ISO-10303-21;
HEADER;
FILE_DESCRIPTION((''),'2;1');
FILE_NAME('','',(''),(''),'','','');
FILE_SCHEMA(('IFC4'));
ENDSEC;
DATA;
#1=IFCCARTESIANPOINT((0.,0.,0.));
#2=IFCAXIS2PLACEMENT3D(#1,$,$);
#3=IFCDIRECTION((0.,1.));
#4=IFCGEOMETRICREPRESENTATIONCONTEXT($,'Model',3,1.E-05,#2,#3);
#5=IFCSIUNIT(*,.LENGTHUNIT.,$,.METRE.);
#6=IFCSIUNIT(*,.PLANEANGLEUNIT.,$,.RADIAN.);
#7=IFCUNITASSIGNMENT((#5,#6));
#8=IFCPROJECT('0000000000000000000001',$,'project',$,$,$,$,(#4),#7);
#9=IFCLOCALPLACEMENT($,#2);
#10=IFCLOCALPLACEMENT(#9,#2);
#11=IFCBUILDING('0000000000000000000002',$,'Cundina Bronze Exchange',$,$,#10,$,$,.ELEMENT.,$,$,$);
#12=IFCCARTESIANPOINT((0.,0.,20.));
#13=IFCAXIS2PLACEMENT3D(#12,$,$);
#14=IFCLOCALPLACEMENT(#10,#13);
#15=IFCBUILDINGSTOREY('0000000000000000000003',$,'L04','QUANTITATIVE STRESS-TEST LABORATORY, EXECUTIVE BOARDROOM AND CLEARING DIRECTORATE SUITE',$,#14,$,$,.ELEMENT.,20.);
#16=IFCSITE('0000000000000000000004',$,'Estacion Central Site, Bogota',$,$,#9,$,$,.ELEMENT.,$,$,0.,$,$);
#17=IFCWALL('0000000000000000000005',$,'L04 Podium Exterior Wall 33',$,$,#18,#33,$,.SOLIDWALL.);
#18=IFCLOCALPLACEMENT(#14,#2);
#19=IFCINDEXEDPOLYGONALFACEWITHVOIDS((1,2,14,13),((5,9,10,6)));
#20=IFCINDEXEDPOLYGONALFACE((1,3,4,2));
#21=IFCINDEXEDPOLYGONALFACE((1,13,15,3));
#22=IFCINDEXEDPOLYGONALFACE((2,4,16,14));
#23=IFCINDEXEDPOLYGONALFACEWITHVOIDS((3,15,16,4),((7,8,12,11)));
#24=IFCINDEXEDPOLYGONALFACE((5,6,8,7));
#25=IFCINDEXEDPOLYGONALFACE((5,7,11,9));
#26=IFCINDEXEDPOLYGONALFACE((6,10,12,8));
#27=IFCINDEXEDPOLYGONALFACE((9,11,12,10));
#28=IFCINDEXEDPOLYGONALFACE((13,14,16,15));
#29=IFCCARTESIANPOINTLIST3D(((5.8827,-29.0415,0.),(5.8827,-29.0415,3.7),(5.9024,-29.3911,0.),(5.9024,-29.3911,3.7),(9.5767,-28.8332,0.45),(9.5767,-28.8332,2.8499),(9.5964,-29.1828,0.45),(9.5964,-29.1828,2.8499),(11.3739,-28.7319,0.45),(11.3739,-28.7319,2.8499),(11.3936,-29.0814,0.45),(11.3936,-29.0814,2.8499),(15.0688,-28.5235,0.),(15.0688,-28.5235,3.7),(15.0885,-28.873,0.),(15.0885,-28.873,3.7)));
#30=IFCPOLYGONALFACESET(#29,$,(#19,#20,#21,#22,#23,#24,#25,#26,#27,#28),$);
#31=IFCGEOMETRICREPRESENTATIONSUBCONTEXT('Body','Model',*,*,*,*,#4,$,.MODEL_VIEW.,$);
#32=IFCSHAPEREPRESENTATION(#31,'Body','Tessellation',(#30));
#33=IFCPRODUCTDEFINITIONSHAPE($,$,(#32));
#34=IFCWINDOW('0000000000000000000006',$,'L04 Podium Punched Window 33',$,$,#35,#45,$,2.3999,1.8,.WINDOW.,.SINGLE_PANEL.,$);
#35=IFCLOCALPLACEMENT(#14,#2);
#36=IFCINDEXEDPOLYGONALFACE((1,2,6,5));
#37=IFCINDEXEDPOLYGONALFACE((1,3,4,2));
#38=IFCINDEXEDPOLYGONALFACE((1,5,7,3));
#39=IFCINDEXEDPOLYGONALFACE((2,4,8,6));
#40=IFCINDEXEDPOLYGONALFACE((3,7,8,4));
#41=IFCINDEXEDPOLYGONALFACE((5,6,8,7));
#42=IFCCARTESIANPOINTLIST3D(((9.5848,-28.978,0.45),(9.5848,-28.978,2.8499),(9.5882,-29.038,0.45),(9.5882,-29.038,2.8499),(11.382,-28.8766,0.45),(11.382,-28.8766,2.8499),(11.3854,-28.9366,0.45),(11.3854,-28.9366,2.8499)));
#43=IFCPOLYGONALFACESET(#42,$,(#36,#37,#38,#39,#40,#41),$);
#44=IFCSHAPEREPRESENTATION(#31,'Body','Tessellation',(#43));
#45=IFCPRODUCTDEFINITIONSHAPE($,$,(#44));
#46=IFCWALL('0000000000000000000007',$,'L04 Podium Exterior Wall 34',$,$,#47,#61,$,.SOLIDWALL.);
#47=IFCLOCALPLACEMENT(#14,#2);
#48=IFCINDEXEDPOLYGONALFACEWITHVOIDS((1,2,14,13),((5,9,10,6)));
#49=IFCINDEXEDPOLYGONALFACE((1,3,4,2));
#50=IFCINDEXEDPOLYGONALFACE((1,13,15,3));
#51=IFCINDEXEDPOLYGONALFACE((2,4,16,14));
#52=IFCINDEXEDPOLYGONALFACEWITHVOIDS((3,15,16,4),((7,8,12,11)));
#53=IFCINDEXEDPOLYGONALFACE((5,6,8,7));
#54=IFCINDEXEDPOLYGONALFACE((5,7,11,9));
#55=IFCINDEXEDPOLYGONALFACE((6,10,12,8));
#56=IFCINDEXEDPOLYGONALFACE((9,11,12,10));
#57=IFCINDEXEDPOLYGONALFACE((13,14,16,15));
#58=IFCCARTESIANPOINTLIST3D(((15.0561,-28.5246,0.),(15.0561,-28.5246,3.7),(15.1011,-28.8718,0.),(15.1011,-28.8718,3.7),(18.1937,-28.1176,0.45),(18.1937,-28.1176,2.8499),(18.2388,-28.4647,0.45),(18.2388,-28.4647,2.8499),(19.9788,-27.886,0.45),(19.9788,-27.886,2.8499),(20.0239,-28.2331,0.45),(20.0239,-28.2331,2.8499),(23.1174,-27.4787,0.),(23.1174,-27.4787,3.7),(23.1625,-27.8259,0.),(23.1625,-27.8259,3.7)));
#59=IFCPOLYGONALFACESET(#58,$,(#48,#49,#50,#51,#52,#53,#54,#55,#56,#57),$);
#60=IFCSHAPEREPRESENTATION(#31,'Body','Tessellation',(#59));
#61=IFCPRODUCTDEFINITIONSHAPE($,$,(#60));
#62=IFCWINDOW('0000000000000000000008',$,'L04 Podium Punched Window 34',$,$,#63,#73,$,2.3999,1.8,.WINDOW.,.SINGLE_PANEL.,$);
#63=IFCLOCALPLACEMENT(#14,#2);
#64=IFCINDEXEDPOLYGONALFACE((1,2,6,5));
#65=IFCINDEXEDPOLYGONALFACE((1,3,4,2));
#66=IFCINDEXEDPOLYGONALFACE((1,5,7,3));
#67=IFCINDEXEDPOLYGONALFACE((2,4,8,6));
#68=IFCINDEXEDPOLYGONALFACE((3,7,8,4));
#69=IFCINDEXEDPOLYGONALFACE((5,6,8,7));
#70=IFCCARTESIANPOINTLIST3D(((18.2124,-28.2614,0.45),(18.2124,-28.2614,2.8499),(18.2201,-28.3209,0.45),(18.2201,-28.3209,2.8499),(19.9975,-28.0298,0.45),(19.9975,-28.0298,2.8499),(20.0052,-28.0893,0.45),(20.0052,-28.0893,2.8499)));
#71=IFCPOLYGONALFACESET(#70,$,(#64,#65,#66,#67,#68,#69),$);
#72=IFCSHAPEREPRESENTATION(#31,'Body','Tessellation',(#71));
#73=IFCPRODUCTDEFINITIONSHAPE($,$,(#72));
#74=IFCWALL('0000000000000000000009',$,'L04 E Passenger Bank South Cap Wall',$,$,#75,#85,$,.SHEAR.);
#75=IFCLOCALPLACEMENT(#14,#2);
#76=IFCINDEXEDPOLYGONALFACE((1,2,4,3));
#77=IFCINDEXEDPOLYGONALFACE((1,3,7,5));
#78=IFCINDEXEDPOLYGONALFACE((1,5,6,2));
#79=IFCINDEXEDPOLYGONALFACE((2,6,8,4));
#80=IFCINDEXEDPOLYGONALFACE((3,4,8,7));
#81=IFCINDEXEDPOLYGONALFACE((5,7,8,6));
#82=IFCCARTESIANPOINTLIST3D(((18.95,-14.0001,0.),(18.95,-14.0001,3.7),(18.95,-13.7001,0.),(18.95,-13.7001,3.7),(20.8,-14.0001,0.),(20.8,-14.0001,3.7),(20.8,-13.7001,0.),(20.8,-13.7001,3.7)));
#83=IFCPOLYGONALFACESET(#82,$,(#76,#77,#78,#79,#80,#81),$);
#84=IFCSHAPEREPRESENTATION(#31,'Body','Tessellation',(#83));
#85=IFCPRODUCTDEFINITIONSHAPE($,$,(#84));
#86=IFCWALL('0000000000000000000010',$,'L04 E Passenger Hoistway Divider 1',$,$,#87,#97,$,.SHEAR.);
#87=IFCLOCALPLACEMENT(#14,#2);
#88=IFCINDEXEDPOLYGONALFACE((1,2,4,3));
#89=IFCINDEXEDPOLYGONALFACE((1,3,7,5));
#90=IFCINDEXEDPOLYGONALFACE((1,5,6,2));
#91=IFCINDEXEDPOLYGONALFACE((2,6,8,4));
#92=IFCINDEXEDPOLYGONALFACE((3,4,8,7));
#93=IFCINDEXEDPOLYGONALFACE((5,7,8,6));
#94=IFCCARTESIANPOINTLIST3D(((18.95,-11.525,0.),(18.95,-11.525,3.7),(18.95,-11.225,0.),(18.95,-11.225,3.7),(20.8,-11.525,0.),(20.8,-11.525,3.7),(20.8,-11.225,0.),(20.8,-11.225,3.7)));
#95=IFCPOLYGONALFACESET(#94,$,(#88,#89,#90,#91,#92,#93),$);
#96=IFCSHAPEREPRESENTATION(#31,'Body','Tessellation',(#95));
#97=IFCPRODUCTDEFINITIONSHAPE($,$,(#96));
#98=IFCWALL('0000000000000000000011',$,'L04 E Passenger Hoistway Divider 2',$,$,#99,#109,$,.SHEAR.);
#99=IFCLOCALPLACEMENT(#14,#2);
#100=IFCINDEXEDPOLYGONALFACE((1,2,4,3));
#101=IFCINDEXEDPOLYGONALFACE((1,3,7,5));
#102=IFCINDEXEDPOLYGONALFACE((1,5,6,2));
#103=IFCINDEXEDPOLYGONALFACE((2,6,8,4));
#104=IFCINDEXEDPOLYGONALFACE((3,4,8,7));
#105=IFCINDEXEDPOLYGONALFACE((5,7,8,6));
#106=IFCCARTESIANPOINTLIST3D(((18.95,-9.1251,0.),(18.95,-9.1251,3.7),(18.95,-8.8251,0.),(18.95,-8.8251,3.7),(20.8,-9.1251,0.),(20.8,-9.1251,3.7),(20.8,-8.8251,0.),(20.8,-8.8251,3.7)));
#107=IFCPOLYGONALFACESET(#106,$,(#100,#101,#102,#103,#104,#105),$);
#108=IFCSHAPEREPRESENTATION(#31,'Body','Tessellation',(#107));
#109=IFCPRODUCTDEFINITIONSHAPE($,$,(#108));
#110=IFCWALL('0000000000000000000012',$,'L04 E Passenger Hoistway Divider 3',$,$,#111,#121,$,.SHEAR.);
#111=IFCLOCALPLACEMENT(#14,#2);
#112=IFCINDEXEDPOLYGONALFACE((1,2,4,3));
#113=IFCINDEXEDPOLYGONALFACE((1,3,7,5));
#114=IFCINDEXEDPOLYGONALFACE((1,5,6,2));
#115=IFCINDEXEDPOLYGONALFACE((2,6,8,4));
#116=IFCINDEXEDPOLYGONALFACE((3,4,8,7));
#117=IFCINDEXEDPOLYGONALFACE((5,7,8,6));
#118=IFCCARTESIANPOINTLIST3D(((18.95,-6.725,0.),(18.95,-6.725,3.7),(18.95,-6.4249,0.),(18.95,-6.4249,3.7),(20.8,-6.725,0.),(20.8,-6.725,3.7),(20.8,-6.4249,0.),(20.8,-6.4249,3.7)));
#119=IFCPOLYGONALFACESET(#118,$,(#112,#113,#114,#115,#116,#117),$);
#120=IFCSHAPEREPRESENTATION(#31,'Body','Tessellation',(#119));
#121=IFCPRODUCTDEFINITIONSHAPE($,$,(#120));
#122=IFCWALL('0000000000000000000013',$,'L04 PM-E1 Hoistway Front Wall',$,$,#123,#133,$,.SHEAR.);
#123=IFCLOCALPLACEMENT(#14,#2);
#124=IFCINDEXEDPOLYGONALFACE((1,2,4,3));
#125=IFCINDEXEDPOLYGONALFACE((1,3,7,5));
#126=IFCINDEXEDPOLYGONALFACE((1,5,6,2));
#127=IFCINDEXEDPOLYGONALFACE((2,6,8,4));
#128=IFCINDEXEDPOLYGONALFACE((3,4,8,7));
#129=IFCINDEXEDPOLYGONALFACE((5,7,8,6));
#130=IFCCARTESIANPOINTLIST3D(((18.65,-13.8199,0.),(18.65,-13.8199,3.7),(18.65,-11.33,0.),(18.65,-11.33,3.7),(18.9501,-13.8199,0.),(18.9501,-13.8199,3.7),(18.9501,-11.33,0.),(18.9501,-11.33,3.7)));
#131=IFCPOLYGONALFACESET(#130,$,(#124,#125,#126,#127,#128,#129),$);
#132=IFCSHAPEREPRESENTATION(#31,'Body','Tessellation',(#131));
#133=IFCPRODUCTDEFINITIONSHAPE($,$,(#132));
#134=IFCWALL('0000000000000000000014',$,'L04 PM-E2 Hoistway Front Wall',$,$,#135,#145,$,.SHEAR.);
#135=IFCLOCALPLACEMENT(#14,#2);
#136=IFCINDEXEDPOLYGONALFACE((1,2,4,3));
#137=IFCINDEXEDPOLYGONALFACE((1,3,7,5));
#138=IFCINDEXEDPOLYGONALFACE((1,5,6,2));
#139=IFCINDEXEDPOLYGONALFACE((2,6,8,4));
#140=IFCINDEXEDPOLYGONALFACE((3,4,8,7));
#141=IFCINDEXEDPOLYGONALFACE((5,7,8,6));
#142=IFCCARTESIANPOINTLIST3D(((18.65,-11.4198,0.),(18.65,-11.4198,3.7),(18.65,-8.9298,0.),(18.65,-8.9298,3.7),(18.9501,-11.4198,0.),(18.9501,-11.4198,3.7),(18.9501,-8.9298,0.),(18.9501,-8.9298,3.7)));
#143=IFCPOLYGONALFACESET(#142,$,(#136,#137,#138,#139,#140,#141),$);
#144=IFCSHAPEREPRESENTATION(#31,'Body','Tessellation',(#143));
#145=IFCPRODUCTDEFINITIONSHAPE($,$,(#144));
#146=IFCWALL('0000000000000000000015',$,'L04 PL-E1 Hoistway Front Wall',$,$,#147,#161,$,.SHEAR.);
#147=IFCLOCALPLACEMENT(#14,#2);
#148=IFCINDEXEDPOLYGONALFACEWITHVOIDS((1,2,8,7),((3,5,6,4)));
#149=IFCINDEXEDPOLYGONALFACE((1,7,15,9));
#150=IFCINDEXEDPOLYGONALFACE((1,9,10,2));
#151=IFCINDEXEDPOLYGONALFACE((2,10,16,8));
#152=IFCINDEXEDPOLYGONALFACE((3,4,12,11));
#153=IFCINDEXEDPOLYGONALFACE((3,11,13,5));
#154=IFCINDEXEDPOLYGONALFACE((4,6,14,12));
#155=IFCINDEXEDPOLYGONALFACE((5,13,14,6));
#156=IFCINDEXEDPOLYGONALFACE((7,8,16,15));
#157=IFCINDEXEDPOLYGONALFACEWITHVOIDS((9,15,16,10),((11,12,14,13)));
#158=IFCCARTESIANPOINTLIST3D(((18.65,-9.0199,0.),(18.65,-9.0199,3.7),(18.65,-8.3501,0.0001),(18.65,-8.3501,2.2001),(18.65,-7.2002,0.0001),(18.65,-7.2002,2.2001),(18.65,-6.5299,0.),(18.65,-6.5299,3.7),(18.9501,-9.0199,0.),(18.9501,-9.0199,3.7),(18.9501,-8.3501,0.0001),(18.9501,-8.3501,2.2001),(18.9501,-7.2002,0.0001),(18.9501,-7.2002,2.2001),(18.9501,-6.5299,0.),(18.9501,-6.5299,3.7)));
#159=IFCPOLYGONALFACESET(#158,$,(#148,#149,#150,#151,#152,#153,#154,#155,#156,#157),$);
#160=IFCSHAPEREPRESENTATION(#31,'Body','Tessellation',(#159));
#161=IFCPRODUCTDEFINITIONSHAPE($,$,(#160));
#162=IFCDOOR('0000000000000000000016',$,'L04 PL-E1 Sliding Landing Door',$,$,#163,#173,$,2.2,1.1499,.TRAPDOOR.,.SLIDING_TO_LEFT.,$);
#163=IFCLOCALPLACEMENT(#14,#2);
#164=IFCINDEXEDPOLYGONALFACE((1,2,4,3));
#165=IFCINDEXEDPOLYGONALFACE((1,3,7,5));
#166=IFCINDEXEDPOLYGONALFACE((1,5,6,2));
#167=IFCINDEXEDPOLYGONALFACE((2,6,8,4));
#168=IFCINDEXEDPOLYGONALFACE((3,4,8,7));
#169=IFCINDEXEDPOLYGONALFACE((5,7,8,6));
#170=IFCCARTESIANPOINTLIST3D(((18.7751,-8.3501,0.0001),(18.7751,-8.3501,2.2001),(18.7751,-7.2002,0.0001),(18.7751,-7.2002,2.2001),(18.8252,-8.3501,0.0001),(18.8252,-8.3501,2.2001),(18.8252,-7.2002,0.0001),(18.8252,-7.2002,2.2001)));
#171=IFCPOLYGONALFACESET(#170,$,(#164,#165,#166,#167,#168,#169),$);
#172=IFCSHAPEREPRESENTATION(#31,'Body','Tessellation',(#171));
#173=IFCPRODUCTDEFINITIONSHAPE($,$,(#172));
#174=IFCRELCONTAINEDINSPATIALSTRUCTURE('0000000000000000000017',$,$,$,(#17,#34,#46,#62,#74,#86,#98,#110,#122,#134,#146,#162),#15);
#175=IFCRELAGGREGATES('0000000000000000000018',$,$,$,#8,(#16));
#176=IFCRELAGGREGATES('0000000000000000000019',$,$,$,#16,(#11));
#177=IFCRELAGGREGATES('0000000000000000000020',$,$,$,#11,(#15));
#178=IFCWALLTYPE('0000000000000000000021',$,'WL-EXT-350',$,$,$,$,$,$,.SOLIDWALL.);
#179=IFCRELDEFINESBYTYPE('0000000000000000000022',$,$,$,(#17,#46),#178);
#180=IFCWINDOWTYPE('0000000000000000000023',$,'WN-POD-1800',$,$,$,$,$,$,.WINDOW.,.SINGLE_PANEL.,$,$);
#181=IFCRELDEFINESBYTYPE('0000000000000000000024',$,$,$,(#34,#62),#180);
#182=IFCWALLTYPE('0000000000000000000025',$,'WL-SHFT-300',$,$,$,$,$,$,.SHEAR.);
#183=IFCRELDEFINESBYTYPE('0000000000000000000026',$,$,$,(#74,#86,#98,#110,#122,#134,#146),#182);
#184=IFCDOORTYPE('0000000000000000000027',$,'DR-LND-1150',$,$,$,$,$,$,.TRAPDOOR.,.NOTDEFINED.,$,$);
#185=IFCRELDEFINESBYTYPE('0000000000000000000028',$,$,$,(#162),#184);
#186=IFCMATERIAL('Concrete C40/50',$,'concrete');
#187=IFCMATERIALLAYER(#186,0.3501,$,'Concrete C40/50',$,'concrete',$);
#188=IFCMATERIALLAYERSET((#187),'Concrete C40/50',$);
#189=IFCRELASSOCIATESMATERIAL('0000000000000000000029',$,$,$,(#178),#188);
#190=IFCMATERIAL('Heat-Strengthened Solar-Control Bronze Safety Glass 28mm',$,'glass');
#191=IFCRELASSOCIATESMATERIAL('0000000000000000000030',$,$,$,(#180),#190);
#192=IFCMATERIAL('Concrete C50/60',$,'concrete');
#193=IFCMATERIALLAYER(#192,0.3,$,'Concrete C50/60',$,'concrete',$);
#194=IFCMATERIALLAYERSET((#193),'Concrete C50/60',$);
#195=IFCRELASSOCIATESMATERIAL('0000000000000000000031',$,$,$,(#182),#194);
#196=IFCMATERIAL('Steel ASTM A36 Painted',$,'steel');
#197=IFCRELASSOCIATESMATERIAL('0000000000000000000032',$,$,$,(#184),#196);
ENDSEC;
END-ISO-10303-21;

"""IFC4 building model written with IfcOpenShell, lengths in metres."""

from ifc_helpers import new_model, si_unit, direction, frame, frame_2d, origin, place, context, subcontext, project, spatial, rectangle, extrude, material, layer, layer_set, type_object, element, fill, save


model = new_model("IFC4")

# Units and contexts
model_context = context("Model", 3, precision=1e-05, world=origin(), true_north=direction((0.0, 1.0)))
body_context = subcontext(model_context, "Body", "Model", "MODEL_VIEW")
ifc_project = project(units=[si_unit("LENGTHUNIT", "METRE"), si_unit("PLANEANGLEUNIT", "RADIAN")], contexts=[model_context])

# Site, building, storey
site_placement = place(None, origin())
site = spatial("IfcSite", under=ifc_project, at=site_placement, Name="Estacion Central Site, Bogota", CompositionType="ELEMENT", RefElevation=0.0)
building_placement = place(site_placement, origin())
building = spatial("IfcBuilding", under=site, at=building_placement, Name="Cundina Bronze Exchange", CompositionType="ELEMENT")
storey_placement = place(building_placement, frame((0.0, 0.0, 20.0)))
storey = spatial("IfcBuildingStorey", under=building, at=storey_placement, Name="L04", Description="QUANTITATIVE STRESS-TEST LABORATORY, EXECUTIVE BOARDROOM AND CLEARING DIRECTORATE SUITE", CompositionType="ELEMENT", Elevation=20.0)

# Shared definitions
ifc_material_1 = material(Name="Concrete C50/60", Category="concrete")

# Walls, openings, windows
ifc_material_2 = material(Name="Concrete C40/50", Category="concrete")
ifc_layer_1 = layer(ifc_material_2, 0.3501, Name="Concrete C40/50", Category="concrete")
ifc_layer_set_1 = layer_set([ifc_layer_1], Name="Concrete C40/50")
wall_type_1 = type_object("IfcWallType", Name="WL-EXT-350", PredefinedType="SOLIDWALL", material=ifc_layer_set_1)
wall_1_placement = place(storey_placement, frame((5.8926, -29.2163, 0.0), z_axis=(0.0, 0.0, 1.0), x_axis=(0.998413, 0.056308, 0.0)))
wall_1 = element("IfcWall", 1, at=wall_1_placement, inside=storey, type_object=wall_type_1, Name="L04 Podium Exterior Wall 33", PredefinedType="SOLIDWALL", context=body_context, shape_type="SweptSolid", body=[
    extrude(rectangle(XDim=9.2007, YDim=0.3501, at=frame_2d((4.6003, 0.0))), origin(), (0.0, 0.0, 1.0), 3.7),
])
opening_1_placement = place(wall_1_placement, frame((3.7, 0.0, 0.45)))
opening_1 = element("IfcOpeningElement", 2, at=opening_1_placement, cuts=wall_1, PredefinedType="OPENING", context=body_context, shape_type="SweptSolid", body=[
    extrude(rectangle(XDim=1.8, YDim=2.3999, at=frame_2d((0.8999, 1.2))), frame((0.0, 0.1851, 0.0), z_axis=(0.0, -1.0, 0.0), x_axis=(1.0, 0.0, 0.0)), (0.0, 0.0, 1.0), 0.3701),
])
ifc_material_3 = material(Name="Heat-Strengthened Solar-Control Bronze Safety Glass 28mm", Category="glass")
window_type_1 = type_object("IfcWindowType", Name="WN-POD-1800", PartitioningType="SINGLE_PANEL", PredefinedType="WINDOW", material=ifc_material_3)
window_1_placement = place(opening_1_placement, origin())
window_1 = element("IfcWindow", 3, at=window_1_placement, inside=storey, type_object=window_type_1, Name="L04 Podium Punched Window 33", OverallHeight=2.3999, OverallWidth=1.8, PartitioningType="SINGLE_PANEL", PredefinedType="WINDOW", context=body_context, shape_type="SweptSolid", body=[
    extrude(rectangle(XDim=1.8, YDim=2.3999, at=frame_2d((0.8999, 1.2))), frame((0.0, 0.03, 0.0), z_axis=(0.0, -1.0, 0.0), x_axis=(1.0, 0.0, 0.0)), (0.0, 0.0, 1.0), 0.0601),
])
fill(opening_1, window_1)
wall_2_placement = place(storey_placement, frame((15.0786, -28.6982, 0.0), z_axis=(0.0, 0.0, 1.0), x_axis=(0.991688, 0.128665, 0.0)))
wall_2 = element("IfcWall", 4, at=wall_2_placement, inside=storey, type_object=wall_type_1, Name="L04 Podium Exterior Wall 34", PredefinedType="SOLIDWALL", context=body_context, shape_type="SweptSolid", body=[
    extrude(rectangle(XDim=8.1289, YDim=0.3501, at=frame_2d((4.0645, 0.0))), origin(), (0.0, 0.0, 1.0), 3.7),
])
opening_2_placement = place(wall_2_placement, frame((3.1641, 0.0, 0.45)))
opening_2 = element("IfcOpeningElement", 5, at=opening_2_placement, cuts=wall_2, PredefinedType="OPENING", context=body_context, shape_type="SweptSolid", body=[
    extrude(rectangle(XDim=1.8, YDim=2.3999, at=frame_2d((0.8999, 1.2))), frame((0.0, 0.1851, 0.0), z_axis=(0.0, -1.0, 0.0), x_axis=(1.0, 0.0, 0.0)), (0.0, 0.0, 1.0), 0.3701),
])
window_2_placement = place(opening_2_placement, origin())
window_2 = element("IfcWindow", 6, at=window_2_placement, inside=storey, type_object=window_type_1, Name="L04 Podium Punched Window 34", OverallHeight=2.3999, OverallWidth=1.8, PartitioningType="SINGLE_PANEL", PredefinedType="WINDOW", context=body_context, shape_type="SweptSolid", body=[
    extrude(rectangle(XDim=1.8, YDim=2.3999, at=frame_2d((0.8999, 1.2))), frame((0.0, 0.03, 0.0), z_axis=(0.0, -1.0, 0.0), x_axis=(1.0, 0.0, 0.0)), (0.0, 0.0, 1.0), 0.0601),
])
fill(opening_2, window_2)

# Walls
ifc_layer_2 = layer(ifc_material_1, 0.3, Name="Concrete C50/60", Category="concrete")
ifc_layer_set_2 = layer_set([ifc_layer_2], Name="Concrete C50/60")
wall_type_2 = type_object("IfcWallType", Name="WL-SHFT-300", PredefinedType="SHEAR", material=ifc_layer_set_2)
for number, where, z_axis, x_axis, name in (
    (7, (18.95, -13.8501, 0.0), (0.0, 0.0, 1.0), (1.0, 0.0, 0.0), "L04 E Passenger Bank South Cap Wall"),
    (8, (18.95, -11.375, 0.0), (0.0, 0.0, 1.0), (1.0, 0.0, 0.0), "L04 E Passenger Hoistway Divider 1"),
    (9, (18.95, -8.9751, 0.0), (0.0, 0.0, 1.0), (1.0, 0.0, 0.0), "L04 E Passenger Hoistway Divider 2"),
    (10, (18.95, -6.575, 0.0), (0.0, 0.0, 1.0), (1.0, 0.0, 0.0), "L04 E Passenger Hoistway Divider 3"),
):
    element("IfcWall", number, at=place(storey_placement, frame(where, z_axis=z_axis, x_axis=x_axis)), inside=storey, type_object=wall_type_2, Name=name, PredefinedType="SHEAR", context=body_context, shape_type="SweptSolid", body=[
        extrude(rectangle(XDim=1.8501, YDim=0.3, at=frame_2d((0.925, 0.0))), origin(), (0.0, 0.0, 1.0), 3.7),
    ])
for number, where, z_axis, x_axis, name in (
    (11, (18.8, -13.8201, 0.0), (0.0, 0.0, 1.0), (0.0, 1.0, 0.0), "L04 PM-E1 Hoistway Front Wall"),
    (12, (18.8, -11.4199, 0.0), (0.0, 0.0, 1.0), (0.0, 1.0, 0.0), "L04 PM-E2 Hoistway Front Wall"),
):
    element("IfcWall", number, at=place(storey_placement, frame(where, z_axis=z_axis, x_axis=x_axis)), inside=storey, type_object=wall_type_2, Name=name, PredefinedType="SHEAR", context=body_context, shape_type="SweptSolid", body=[
        extrude(rectangle(XDim=2.49, YDim=0.3, at=frame_2d((1.2451, 0.0))), origin(), (0.0, 0.0, 1.0), 3.7),
    ])

# Wall, opening, door
wall_3_placement = place(storey_placement, frame((18.8, -9.02, 0.0), z_axis=(0.0, 0.0, 1.0), x_axis=(0.0, 1.0, 0.0)))
wall_3 = element("IfcWall", 13, at=wall_3_placement, inside=storey, type_object=wall_type_2, Name="L04 PL-E1 Hoistway Front Wall", PredefinedType="SHEAR", context=body_context, shape_type="SweptSolid", body=[
    extrude(rectangle(XDim=2.49, YDim=0.3, at=frame_2d((1.2451, 0.0))), origin(), (0.0, 0.0, 1.0), 3.7),
])
opening_3_placement = place(wall_3_placement, frame((0.6699, 0.0, 0.0)))
opening_3 = element("IfcOpeningElement", 14, at=opening_3_placement, cuts=wall_3, PredefinedType="OPENING", context=body_context, shape_type="SweptSolid", body=[
    extrude(rectangle(XDim=1.1499, YDim=2.2, at=frame_2d((0.575, 1.1001))), frame((0.0, 0.1599, 0.0), z_axis=(0.0, -1.0, 0.0), x_axis=(1.0, 0.0, 0.0)), (0.0, 0.0, 1.0), 0.3201),
])
ifc_material_4 = material(Name="Steel ASTM A36 Painted", Category="steel")
door_type = type_object("IfcDoorType", Name="DR-LND-1150", OperationType="NOTDEFINED", PredefinedType="TRAPDOOR", material=ifc_material_4)
door_1_placement = place(opening_3_placement, origin())
door_1 = element("IfcDoor", 15, at=door_1_placement, inside=storey, type_object=door_type, Name="L04 PL-E1 Sliding Landing Door", OperationType="SLIDING_TO_LEFT", OverallHeight=2.2, OverallWidth=1.1499, PredefinedType="TRAPDOOR", context=body_context, shape_type="SweptSolid", body=[
    extrude(rectangle(XDim=1.1499, YDim=2.2, at=frame_2d((0.575, 1.1001))), frame((0.0, 0.0249, 0.0), z_axis=(0.0, -1.0, 0.0), x_axis=(1.0, 0.0, 0.0)), (0.0, 0.0, 1.0), 0.05),
])
fill(opening_3, door_1)

save(model, "model.ifc")
